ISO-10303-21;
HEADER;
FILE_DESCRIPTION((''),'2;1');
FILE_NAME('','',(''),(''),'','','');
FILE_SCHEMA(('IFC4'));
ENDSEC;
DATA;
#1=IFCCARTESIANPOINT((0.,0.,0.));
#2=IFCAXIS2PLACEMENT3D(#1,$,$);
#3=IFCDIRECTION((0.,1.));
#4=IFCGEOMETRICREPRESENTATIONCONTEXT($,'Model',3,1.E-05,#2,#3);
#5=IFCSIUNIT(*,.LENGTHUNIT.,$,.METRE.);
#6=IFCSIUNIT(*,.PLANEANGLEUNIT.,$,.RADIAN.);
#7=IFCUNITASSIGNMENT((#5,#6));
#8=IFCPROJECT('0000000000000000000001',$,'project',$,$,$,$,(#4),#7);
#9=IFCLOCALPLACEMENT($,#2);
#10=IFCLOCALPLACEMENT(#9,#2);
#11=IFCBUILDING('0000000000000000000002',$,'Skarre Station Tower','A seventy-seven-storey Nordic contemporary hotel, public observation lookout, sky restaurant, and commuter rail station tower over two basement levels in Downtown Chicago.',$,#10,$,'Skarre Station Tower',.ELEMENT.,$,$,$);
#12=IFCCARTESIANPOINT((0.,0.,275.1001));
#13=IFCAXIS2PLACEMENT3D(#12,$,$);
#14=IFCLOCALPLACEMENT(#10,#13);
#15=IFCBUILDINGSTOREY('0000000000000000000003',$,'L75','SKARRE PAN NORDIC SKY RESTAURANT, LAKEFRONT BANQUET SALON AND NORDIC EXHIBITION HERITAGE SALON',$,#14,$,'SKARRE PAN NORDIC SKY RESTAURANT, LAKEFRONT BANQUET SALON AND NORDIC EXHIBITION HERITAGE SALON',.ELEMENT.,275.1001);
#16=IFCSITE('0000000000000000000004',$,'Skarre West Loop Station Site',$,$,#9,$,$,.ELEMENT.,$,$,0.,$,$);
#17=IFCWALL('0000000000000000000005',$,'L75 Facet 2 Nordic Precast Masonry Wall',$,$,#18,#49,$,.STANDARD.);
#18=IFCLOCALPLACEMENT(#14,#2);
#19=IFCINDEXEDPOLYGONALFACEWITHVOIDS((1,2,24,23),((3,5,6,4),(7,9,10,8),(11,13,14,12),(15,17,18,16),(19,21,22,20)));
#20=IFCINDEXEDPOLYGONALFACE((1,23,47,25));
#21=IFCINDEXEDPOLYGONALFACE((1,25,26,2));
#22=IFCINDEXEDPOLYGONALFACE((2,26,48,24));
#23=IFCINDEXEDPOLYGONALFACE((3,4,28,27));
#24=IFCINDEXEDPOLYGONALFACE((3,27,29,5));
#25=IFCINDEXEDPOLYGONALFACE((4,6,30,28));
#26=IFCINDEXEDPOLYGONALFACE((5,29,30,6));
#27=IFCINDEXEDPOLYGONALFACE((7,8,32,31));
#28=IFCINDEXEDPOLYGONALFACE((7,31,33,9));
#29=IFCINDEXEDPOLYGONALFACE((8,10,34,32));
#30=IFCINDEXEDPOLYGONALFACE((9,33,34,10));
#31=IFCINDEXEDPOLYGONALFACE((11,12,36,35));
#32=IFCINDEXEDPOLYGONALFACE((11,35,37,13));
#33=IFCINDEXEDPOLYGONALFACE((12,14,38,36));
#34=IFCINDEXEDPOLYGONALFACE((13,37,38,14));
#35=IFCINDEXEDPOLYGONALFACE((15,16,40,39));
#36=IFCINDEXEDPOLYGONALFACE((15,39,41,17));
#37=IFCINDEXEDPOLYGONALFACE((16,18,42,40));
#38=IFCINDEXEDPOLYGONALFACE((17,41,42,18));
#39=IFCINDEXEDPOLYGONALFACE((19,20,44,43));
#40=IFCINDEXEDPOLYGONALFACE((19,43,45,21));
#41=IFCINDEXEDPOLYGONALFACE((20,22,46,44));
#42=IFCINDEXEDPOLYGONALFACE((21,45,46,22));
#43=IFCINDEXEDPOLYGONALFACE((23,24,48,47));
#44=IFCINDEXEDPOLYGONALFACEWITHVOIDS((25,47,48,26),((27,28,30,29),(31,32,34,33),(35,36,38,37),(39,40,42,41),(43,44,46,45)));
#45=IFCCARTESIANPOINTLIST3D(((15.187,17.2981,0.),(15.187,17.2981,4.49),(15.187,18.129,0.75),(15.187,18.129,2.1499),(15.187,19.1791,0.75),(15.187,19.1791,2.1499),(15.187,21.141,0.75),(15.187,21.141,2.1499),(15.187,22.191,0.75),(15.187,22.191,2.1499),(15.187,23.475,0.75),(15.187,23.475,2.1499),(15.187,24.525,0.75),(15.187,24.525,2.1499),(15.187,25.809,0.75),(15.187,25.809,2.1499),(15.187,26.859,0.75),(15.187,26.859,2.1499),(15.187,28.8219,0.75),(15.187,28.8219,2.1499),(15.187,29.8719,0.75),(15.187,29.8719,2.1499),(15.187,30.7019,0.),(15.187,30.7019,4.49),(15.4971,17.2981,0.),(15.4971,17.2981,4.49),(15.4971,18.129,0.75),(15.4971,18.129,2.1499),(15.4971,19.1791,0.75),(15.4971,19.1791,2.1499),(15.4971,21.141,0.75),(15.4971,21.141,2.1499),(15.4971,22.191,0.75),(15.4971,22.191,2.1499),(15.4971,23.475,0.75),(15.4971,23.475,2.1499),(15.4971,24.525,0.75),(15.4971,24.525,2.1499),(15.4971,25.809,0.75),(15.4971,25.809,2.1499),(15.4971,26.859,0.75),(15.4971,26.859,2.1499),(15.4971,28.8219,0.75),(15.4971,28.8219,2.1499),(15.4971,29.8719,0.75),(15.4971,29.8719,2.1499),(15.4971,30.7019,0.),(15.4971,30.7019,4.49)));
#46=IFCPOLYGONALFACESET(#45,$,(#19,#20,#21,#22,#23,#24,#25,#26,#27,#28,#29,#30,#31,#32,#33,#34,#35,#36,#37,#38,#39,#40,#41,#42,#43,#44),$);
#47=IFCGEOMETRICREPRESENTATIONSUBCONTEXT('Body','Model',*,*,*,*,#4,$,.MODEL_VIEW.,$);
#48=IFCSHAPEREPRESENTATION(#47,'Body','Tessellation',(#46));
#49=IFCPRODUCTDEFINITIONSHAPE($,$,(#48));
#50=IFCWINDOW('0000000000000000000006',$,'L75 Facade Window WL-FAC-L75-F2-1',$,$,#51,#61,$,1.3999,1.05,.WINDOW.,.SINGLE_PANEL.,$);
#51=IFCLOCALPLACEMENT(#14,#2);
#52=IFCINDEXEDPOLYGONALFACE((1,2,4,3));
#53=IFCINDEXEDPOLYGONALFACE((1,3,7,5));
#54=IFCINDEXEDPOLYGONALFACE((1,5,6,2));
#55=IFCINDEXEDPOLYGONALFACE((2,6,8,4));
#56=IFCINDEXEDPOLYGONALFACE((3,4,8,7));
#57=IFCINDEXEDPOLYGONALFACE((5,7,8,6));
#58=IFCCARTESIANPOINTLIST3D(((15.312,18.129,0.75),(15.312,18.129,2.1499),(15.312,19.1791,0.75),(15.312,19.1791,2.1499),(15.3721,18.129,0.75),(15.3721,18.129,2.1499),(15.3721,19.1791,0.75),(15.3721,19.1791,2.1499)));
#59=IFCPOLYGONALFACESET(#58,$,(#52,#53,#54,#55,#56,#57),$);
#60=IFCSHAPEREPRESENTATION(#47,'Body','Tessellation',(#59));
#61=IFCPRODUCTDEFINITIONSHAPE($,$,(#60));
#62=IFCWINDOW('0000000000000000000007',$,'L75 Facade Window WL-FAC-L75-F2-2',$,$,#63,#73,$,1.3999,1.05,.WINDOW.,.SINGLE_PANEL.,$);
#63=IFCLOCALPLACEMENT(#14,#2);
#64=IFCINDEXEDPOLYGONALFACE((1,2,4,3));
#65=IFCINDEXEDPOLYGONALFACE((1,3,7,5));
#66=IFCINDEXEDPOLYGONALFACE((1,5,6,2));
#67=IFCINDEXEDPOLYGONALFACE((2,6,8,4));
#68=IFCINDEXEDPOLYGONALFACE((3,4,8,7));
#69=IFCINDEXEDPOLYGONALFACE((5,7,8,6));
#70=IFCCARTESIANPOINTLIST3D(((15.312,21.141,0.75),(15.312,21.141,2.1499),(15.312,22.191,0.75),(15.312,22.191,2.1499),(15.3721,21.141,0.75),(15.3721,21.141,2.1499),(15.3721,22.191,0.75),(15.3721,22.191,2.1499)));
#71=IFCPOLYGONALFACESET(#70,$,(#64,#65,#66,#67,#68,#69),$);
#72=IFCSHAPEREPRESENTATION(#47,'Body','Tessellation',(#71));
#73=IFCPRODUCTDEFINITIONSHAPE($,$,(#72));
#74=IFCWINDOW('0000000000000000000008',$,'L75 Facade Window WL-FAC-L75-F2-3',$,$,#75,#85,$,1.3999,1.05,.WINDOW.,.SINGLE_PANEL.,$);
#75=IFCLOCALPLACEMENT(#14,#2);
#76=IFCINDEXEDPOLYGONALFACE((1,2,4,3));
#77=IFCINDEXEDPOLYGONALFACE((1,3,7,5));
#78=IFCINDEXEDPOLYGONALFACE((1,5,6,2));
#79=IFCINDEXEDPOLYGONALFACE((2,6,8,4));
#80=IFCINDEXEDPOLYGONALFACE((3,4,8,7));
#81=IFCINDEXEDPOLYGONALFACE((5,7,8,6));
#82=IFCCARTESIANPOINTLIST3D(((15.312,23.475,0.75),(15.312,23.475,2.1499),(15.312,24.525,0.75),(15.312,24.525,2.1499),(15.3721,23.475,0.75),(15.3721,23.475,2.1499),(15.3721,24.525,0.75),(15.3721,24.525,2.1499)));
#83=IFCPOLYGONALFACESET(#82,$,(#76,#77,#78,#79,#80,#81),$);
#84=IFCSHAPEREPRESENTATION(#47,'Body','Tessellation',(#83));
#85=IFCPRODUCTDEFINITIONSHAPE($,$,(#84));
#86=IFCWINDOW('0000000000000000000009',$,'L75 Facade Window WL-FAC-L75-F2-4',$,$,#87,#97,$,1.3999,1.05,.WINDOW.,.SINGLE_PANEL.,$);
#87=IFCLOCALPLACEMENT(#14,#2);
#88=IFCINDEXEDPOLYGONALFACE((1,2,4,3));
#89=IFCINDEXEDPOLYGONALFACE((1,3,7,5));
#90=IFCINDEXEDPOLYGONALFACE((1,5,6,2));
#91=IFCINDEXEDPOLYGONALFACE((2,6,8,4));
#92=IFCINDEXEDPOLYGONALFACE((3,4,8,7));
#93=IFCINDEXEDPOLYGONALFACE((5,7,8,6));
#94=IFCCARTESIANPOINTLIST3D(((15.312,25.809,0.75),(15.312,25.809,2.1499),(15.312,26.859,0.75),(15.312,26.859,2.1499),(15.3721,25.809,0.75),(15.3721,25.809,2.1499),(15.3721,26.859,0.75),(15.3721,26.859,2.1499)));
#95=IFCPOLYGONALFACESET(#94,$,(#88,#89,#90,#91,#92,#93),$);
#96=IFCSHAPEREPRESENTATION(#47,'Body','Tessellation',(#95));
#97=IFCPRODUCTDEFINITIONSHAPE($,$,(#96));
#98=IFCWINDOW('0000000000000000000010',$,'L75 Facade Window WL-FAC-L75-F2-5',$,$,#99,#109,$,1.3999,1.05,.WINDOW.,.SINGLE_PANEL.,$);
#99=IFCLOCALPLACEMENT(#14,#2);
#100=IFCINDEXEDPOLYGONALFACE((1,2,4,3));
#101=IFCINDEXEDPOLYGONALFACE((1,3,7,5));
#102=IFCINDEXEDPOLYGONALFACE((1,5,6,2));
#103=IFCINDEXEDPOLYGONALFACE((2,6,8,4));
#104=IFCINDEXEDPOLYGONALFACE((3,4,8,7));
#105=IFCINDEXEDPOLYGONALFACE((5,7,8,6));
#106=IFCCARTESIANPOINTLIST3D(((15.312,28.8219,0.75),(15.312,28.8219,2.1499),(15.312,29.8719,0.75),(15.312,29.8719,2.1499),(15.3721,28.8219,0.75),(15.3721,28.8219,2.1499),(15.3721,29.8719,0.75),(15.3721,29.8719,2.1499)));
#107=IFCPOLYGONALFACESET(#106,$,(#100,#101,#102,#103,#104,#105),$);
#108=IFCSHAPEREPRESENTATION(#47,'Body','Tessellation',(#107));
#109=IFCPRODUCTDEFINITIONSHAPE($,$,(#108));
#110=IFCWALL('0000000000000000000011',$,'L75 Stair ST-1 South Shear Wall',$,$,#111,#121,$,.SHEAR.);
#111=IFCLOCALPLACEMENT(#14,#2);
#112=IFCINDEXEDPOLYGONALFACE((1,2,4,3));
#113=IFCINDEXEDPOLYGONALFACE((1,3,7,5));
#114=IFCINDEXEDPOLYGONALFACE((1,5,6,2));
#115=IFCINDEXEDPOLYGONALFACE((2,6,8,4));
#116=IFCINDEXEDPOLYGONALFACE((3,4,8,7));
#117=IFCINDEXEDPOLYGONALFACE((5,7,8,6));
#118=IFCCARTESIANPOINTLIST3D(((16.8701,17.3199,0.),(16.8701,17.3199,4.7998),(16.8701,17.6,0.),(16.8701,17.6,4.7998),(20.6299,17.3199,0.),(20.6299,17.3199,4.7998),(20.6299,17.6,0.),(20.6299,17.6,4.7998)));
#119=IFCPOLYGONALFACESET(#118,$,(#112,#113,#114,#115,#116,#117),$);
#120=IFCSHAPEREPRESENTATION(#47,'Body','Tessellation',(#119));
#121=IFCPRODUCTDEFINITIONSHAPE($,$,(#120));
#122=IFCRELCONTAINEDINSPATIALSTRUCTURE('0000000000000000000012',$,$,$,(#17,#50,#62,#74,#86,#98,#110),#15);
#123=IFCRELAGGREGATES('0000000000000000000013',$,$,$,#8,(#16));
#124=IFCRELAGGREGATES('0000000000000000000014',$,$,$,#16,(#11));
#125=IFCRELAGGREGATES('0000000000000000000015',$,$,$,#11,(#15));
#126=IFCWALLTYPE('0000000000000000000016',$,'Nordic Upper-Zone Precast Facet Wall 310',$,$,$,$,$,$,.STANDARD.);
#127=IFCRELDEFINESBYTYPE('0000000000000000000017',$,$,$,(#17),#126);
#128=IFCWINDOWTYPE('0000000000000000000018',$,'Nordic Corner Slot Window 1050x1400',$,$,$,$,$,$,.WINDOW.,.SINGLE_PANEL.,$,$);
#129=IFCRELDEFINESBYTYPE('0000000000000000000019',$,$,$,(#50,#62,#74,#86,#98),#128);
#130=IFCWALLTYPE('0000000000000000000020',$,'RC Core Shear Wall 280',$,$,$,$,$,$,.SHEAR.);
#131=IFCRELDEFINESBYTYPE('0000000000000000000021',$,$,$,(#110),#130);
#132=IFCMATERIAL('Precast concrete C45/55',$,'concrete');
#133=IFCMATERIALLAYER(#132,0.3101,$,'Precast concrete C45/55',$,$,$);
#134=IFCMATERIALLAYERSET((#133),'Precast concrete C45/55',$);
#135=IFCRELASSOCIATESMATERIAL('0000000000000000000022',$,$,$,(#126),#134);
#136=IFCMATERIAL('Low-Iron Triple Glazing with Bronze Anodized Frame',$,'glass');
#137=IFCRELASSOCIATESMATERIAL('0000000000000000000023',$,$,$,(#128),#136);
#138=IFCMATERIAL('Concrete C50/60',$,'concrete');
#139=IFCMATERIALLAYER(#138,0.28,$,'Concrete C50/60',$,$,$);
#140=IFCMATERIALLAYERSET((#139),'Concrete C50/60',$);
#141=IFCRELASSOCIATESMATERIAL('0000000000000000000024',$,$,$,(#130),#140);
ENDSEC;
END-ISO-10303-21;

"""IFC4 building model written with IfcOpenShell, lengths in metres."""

from ifc_helpers import new_model, si_unit, direction, frame, frame_2d, origin, place, context, subcontext, project, spatial, rectangle, extrude, material, layer, layer_set, type_object, element, fill, save


model = new_model("IFC4")

# Units and contexts
model_context = context("Model", 3, precision=1e-05, world=origin(), true_north=direction((0.0, 1.0)))
body_context = subcontext(model_context, "Body", "Model", "MODEL_VIEW")
ifc_project = project(units=[si_unit("LENGTHUNIT", "METRE"), si_unit("PLANEANGLEUNIT", "RADIAN")], contexts=[model_context])

# Site, building, storey
site_placement = place(None, origin())
site = spatial("IfcSite", under=ifc_project, at=site_placement, Name="Skarre West Loop Station Site", CompositionType="ELEMENT", RefElevation=0.0)
building_placement = place(site_placement, origin())
building = spatial("IfcBuilding", under=site, at=building_placement, Name="Skarre Station Tower", Description="A seventy-seven-storey Nordic contemporary hotel, public observation lookout, sky restaurant, and commuter rail station tower over two basement levels in Downtown Chicago.", LongName="Skarre Station Tower", CompositionType="ELEMENT")
storey_placement = place(building_placement, frame((0.0, 0.0, 275.1001)))
storey = spatial("IfcBuildingStorey", under=building, at=storey_placement, Name="L75", Description="SKARRE PAN NORDIC SKY RESTAURANT, LAKEFRONT BANQUET SALON AND NORDIC EXHIBITION HERITAGE SALON", LongName="SKARRE PAN NORDIC SKY RESTAURANT, LAKEFRONT BANQUET SALON AND NORDIC EXHIBITION HERITAGE SALON", CompositionType="ELEMENT", Elevation=275.1001)

# Shared definitions
ifc_material_1 = material(Name="Concrete C50/60", Category="concrete")

# Shared definitions
ifc_material_2 = material(Name="Precast concrete C45/55", Category="concrete")

# Wall, openings, windows
ifc_layer_1 = layer(ifc_material_2, 0.3101, Name="Precast concrete C45/55")
ifc_layer_set_1 = layer_set([ifc_layer_1], Name="Precast concrete C45/55")
wall_type_1 = type_object("IfcWallType", Name="Nordic Upper-Zone Precast Facet Wall 310", PredefinedType="STANDARD", material=ifc_layer_set_1)
wall_1_placement = place(storey_placement, frame((15.342, 17.2981, 0.0), z_axis=(0.0, 0.0, 1.0), x_axis=(0.0, 1.0, 0.0)))
wall_1 = element("IfcWall", 1, at=wall_1_placement, inside=storey, type_object=wall_type_1, Name="L75 Facet 2 Nordic Precast Masonry Wall", PredefinedType="STANDARD", context=body_context, shape_type="SweptSolid", body=[
    extrude(rectangle(XDim=13.4038, YDim=0.3101, at=frame_2d((6.7019, 0.0))), origin(), (0.0, 0.0, 1.0), 4.49),
])
opening_1_placement = place(wall_1_placement, frame((0.8311, 0.0, 0.75)))
opening_1 = element("IfcOpeningElement", 2, at=opening_1_placement, cuts=wall_1, PredefinedType="OPENING", context=body_context, shape_type="SweptSolid", body=[
    extrude(rectangle(XDim=1.05, YDim=1.3999, at=frame_2d((0.5249, 0.7))), frame((0.0, 0.165, 0.0), z_axis=(0.0, -1.0, 0.0), x_axis=(1.0, 0.0, 0.0)), (0.0, 0.0, 1.0), 0.3301),
])
opening_2_placement = place(wall_1_placement, frame((3.843, 0.0, 0.75)))
opening_2 = element("IfcOpeningElement", 3, at=opening_2_placement, cuts=wall_1, PredefinedType="OPENING", context=body_context, shape_type="SweptSolid", body=[
    extrude(rectangle(XDim=1.05, YDim=1.3999, at=frame_2d((0.5249, 0.7))), frame((0.0, 0.165, 0.0), z_axis=(0.0, -1.0, 0.0), x_axis=(1.0, 0.0, 0.0)), (0.0, 0.0, 1.0), 0.3301),
])
opening_3_placement = place(wall_1_placement, frame((6.177, 0.0, 0.75)))
opening_3 = element("IfcOpeningElement", 4, at=opening_3_placement, cuts=wall_1, PredefinedType="OPENING", context=body_context, shape_type="SweptSolid", body=[
    extrude(rectangle(XDim=1.05, YDim=1.3999, at=frame_2d((0.5249, 0.7))), frame((0.0, 0.165, 0.0), z_axis=(0.0, -1.0, 0.0), x_axis=(1.0, 0.0, 0.0)), (0.0, 0.0, 1.0), 0.3301),
])
opening_4_placement = place(wall_1_placement, frame((8.511, 0.0, 0.75)))
opening_4 = element("IfcOpeningElement", 5, at=opening_4_placement, cuts=wall_1, PredefinedType="OPENING", context=body_context, shape_type="SweptSolid", body=[
    extrude(rectangle(XDim=1.05, YDim=1.3999, at=frame_2d((0.5249, 0.7))), frame((0.0, 0.165, 0.0), z_axis=(0.0, -1.0, 0.0), x_axis=(1.0, 0.0, 0.0)), (0.0, 0.0, 1.0), 0.3301),
])
opening_5_placement = place(wall_1_placement, frame((11.5239, 0.0, 0.75)))
opening_5 = element("IfcOpeningElement", 6, at=opening_5_placement, cuts=wall_1, PredefinedType="OPENING", context=body_context, shape_type="SweptSolid", body=[
    extrude(rectangle(XDim=1.05, YDim=1.3999, at=frame_2d((0.5249, 0.7))), frame((0.0, 0.165, 0.0), z_axis=(0.0, -1.0, 0.0), x_axis=(1.0, 0.0, 0.0)), (0.0, 0.0, 1.0), 0.3301),
])
ifc_material_3 = material(Name="Low-Iron Triple Glazing with Bronze Anodized Frame", Category="glass")
window_type = type_object("IfcWindowType", Name="Nordic Corner Slot Window 1050x1400", PartitioningType="SINGLE_PANEL", PredefinedType="WINDOW", material=ifc_material_3)
window_1_placement = place(opening_1_placement, origin())
window_1 = element("IfcWindow", 7, at=window_1_placement, inside=storey, type_object=window_type, Name="L75 Facade Window WL-FAC-L75-F2-1", OverallHeight=1.3999, OverallWidth=1.05, PartitioningType="SINGLE_PANEL", PredefinedType="WINDOW", context=body_context, shape_type="SweptSolid", body=[
    extrude(rectangle(XDim=1.05, YDim=1.3999, at=frame_2d((0.5249, 0.7))), frame((0.0, 0.03, 0.0), z_axis=(0.0, -1.0, 0.0), x_axis=(1.0, 0.0, 0.0)), (0.0, 0.0, 1.0), 0.0601),
])
fill(opening_1, window_1)
window_2_placement = place(opening_2_placement, origin())
window_2 = element("IfcWindow", 8, at=window_2_placement, inside=storey, type_object=window_type, Name="L75 Facade Window WL-FAC-L75-F2-2", OverallHeight=1.3999, OverallWidth=1.05, PartitioningType="SINGLE_PANEL", PredefinedType="WINDOW", context=body_context, shape_type="SweptSolid", body=[
    extrude(rectangle(XDim=1.05, YDim=1.3999, at=frame_2d((0.5249, 0.7))), frame((0.0, 0.03, 0.0), z_axis=(0.0, -1.0, 0.0), x_axis=(1.0, 0.0, 0.0)), (0.0, 0.0, 1.0), 0.0601),
])
fill(opening_2, window_2)
window_3_placement = place(opening_3_placement, origin())
window_3 = element("IfcWindow", 9, at=window_3_placement, inside=storey, type_object=window_type, Name="L75 Facade Window WL-FAC-L75-F2-3", OverallHeight=1.3999, OverallWidth=1.05, PartitioningType="SINGLE_PANEL", PredefinedType="WINDOW", context=body_context, shape_type="SweptSolid", body=[
    extrude(rectangle(XDim=1.05, YDim=1.3999, at=frame_2d((0.5249, 0.7))), frame((0.0, 0.03, 0.0), z_axis=(0.0, -1.0, 0.0), x_axis=(1.0, 0.0, 0.0)), (0.0, 0.0, 1.0), 0.0601),
])
fill(opening_3, window_3)
window_4_placement = place(opening_4_placement, origin())
window_4 = element("IfcWindow", 10, at=window_4_placement, inside=storey, type_object=window_type, Name="L75 Facade Window WL-FAC-L75-F2-4", OverallHeight=1.3999, OverallWidth=1.05, PartitioningType="SINGLE_PANEL", PredefinedType="WINDOW", context=body_context, shape_type="SweptSolid", body=[
    extrude(rectangle(XDim=1.05, YDim=1.3999, at=frame_2d((0.5249, 0.7))), frame((0.0, 0.03, 0.0), z_axis=(0.0, -1.0, 0.0), x_axis=(1.0, 0.0, 0.0)), (0.0, 0.0, 1.0), 0.0601),
])
fill(opening_4, window_4)
window_5_placement = place(opening_5_placement, origin())
window_5 = element("IfcWindow", 11, at=window_5_placement, inside=storey, type_object=window_type, Name="L75 Facade Window WL-FAC-L75-F2-5", OverallHeight=1.3999, OverallWidth=1.05, PartitioningType="SINGLE_PANEL", PredefinedType="WINDOW", context=body_context, shape_type="SweptSolid", body=[
    extrude(rectangle(XDim=1.05, YDim=1.3999, at=frame_2d((0.5249, 0.7))), frame((0.0, 0.03, 0.0), z_axis=(0.0, -1.0, 0.0), x_axis=(1.0, 0.0, 0.0)), (0.0, 0.0, 1.0), 0.0601),
])
fill(opening_5, window_5)

# Wall
ifc_layer_2 = layer(ifc_material_1, 0.28, Name="Concrete C50/60")
ifc_layer_set_2 = layer_set([ifc_layer_2], Name="Concrete C50/60")
wall_type_2 = type_object("IfcWallType", Name="RC Core Shear Wall 280", PredefinedType="SHEAR", material=ifc_layer_set_2)
wall_2_placement = place(storey_placement, frame((16.8701, 17.46, 0.0), z_axis=(0.0, 0.0, 1.0), x_axis=(1.0, 0.0, 0.0)))
element("IfcWall", 12, at=wall_2_placement, inside=storey, type_object=wall_type_2, Name="L75 Stair ST-1 South Shear Wall", PredefinedType="SHEAR", context=body_context, shape_type="SweptSolid", body=[
    extrude(rectangle(XDim=3.7598, YDim=0.28, at=frame_2d((1.8799, 0.0))), origin(), (0.0, 0.0, 1.0), 4.7998),
])

save(model, "model.ifc")
